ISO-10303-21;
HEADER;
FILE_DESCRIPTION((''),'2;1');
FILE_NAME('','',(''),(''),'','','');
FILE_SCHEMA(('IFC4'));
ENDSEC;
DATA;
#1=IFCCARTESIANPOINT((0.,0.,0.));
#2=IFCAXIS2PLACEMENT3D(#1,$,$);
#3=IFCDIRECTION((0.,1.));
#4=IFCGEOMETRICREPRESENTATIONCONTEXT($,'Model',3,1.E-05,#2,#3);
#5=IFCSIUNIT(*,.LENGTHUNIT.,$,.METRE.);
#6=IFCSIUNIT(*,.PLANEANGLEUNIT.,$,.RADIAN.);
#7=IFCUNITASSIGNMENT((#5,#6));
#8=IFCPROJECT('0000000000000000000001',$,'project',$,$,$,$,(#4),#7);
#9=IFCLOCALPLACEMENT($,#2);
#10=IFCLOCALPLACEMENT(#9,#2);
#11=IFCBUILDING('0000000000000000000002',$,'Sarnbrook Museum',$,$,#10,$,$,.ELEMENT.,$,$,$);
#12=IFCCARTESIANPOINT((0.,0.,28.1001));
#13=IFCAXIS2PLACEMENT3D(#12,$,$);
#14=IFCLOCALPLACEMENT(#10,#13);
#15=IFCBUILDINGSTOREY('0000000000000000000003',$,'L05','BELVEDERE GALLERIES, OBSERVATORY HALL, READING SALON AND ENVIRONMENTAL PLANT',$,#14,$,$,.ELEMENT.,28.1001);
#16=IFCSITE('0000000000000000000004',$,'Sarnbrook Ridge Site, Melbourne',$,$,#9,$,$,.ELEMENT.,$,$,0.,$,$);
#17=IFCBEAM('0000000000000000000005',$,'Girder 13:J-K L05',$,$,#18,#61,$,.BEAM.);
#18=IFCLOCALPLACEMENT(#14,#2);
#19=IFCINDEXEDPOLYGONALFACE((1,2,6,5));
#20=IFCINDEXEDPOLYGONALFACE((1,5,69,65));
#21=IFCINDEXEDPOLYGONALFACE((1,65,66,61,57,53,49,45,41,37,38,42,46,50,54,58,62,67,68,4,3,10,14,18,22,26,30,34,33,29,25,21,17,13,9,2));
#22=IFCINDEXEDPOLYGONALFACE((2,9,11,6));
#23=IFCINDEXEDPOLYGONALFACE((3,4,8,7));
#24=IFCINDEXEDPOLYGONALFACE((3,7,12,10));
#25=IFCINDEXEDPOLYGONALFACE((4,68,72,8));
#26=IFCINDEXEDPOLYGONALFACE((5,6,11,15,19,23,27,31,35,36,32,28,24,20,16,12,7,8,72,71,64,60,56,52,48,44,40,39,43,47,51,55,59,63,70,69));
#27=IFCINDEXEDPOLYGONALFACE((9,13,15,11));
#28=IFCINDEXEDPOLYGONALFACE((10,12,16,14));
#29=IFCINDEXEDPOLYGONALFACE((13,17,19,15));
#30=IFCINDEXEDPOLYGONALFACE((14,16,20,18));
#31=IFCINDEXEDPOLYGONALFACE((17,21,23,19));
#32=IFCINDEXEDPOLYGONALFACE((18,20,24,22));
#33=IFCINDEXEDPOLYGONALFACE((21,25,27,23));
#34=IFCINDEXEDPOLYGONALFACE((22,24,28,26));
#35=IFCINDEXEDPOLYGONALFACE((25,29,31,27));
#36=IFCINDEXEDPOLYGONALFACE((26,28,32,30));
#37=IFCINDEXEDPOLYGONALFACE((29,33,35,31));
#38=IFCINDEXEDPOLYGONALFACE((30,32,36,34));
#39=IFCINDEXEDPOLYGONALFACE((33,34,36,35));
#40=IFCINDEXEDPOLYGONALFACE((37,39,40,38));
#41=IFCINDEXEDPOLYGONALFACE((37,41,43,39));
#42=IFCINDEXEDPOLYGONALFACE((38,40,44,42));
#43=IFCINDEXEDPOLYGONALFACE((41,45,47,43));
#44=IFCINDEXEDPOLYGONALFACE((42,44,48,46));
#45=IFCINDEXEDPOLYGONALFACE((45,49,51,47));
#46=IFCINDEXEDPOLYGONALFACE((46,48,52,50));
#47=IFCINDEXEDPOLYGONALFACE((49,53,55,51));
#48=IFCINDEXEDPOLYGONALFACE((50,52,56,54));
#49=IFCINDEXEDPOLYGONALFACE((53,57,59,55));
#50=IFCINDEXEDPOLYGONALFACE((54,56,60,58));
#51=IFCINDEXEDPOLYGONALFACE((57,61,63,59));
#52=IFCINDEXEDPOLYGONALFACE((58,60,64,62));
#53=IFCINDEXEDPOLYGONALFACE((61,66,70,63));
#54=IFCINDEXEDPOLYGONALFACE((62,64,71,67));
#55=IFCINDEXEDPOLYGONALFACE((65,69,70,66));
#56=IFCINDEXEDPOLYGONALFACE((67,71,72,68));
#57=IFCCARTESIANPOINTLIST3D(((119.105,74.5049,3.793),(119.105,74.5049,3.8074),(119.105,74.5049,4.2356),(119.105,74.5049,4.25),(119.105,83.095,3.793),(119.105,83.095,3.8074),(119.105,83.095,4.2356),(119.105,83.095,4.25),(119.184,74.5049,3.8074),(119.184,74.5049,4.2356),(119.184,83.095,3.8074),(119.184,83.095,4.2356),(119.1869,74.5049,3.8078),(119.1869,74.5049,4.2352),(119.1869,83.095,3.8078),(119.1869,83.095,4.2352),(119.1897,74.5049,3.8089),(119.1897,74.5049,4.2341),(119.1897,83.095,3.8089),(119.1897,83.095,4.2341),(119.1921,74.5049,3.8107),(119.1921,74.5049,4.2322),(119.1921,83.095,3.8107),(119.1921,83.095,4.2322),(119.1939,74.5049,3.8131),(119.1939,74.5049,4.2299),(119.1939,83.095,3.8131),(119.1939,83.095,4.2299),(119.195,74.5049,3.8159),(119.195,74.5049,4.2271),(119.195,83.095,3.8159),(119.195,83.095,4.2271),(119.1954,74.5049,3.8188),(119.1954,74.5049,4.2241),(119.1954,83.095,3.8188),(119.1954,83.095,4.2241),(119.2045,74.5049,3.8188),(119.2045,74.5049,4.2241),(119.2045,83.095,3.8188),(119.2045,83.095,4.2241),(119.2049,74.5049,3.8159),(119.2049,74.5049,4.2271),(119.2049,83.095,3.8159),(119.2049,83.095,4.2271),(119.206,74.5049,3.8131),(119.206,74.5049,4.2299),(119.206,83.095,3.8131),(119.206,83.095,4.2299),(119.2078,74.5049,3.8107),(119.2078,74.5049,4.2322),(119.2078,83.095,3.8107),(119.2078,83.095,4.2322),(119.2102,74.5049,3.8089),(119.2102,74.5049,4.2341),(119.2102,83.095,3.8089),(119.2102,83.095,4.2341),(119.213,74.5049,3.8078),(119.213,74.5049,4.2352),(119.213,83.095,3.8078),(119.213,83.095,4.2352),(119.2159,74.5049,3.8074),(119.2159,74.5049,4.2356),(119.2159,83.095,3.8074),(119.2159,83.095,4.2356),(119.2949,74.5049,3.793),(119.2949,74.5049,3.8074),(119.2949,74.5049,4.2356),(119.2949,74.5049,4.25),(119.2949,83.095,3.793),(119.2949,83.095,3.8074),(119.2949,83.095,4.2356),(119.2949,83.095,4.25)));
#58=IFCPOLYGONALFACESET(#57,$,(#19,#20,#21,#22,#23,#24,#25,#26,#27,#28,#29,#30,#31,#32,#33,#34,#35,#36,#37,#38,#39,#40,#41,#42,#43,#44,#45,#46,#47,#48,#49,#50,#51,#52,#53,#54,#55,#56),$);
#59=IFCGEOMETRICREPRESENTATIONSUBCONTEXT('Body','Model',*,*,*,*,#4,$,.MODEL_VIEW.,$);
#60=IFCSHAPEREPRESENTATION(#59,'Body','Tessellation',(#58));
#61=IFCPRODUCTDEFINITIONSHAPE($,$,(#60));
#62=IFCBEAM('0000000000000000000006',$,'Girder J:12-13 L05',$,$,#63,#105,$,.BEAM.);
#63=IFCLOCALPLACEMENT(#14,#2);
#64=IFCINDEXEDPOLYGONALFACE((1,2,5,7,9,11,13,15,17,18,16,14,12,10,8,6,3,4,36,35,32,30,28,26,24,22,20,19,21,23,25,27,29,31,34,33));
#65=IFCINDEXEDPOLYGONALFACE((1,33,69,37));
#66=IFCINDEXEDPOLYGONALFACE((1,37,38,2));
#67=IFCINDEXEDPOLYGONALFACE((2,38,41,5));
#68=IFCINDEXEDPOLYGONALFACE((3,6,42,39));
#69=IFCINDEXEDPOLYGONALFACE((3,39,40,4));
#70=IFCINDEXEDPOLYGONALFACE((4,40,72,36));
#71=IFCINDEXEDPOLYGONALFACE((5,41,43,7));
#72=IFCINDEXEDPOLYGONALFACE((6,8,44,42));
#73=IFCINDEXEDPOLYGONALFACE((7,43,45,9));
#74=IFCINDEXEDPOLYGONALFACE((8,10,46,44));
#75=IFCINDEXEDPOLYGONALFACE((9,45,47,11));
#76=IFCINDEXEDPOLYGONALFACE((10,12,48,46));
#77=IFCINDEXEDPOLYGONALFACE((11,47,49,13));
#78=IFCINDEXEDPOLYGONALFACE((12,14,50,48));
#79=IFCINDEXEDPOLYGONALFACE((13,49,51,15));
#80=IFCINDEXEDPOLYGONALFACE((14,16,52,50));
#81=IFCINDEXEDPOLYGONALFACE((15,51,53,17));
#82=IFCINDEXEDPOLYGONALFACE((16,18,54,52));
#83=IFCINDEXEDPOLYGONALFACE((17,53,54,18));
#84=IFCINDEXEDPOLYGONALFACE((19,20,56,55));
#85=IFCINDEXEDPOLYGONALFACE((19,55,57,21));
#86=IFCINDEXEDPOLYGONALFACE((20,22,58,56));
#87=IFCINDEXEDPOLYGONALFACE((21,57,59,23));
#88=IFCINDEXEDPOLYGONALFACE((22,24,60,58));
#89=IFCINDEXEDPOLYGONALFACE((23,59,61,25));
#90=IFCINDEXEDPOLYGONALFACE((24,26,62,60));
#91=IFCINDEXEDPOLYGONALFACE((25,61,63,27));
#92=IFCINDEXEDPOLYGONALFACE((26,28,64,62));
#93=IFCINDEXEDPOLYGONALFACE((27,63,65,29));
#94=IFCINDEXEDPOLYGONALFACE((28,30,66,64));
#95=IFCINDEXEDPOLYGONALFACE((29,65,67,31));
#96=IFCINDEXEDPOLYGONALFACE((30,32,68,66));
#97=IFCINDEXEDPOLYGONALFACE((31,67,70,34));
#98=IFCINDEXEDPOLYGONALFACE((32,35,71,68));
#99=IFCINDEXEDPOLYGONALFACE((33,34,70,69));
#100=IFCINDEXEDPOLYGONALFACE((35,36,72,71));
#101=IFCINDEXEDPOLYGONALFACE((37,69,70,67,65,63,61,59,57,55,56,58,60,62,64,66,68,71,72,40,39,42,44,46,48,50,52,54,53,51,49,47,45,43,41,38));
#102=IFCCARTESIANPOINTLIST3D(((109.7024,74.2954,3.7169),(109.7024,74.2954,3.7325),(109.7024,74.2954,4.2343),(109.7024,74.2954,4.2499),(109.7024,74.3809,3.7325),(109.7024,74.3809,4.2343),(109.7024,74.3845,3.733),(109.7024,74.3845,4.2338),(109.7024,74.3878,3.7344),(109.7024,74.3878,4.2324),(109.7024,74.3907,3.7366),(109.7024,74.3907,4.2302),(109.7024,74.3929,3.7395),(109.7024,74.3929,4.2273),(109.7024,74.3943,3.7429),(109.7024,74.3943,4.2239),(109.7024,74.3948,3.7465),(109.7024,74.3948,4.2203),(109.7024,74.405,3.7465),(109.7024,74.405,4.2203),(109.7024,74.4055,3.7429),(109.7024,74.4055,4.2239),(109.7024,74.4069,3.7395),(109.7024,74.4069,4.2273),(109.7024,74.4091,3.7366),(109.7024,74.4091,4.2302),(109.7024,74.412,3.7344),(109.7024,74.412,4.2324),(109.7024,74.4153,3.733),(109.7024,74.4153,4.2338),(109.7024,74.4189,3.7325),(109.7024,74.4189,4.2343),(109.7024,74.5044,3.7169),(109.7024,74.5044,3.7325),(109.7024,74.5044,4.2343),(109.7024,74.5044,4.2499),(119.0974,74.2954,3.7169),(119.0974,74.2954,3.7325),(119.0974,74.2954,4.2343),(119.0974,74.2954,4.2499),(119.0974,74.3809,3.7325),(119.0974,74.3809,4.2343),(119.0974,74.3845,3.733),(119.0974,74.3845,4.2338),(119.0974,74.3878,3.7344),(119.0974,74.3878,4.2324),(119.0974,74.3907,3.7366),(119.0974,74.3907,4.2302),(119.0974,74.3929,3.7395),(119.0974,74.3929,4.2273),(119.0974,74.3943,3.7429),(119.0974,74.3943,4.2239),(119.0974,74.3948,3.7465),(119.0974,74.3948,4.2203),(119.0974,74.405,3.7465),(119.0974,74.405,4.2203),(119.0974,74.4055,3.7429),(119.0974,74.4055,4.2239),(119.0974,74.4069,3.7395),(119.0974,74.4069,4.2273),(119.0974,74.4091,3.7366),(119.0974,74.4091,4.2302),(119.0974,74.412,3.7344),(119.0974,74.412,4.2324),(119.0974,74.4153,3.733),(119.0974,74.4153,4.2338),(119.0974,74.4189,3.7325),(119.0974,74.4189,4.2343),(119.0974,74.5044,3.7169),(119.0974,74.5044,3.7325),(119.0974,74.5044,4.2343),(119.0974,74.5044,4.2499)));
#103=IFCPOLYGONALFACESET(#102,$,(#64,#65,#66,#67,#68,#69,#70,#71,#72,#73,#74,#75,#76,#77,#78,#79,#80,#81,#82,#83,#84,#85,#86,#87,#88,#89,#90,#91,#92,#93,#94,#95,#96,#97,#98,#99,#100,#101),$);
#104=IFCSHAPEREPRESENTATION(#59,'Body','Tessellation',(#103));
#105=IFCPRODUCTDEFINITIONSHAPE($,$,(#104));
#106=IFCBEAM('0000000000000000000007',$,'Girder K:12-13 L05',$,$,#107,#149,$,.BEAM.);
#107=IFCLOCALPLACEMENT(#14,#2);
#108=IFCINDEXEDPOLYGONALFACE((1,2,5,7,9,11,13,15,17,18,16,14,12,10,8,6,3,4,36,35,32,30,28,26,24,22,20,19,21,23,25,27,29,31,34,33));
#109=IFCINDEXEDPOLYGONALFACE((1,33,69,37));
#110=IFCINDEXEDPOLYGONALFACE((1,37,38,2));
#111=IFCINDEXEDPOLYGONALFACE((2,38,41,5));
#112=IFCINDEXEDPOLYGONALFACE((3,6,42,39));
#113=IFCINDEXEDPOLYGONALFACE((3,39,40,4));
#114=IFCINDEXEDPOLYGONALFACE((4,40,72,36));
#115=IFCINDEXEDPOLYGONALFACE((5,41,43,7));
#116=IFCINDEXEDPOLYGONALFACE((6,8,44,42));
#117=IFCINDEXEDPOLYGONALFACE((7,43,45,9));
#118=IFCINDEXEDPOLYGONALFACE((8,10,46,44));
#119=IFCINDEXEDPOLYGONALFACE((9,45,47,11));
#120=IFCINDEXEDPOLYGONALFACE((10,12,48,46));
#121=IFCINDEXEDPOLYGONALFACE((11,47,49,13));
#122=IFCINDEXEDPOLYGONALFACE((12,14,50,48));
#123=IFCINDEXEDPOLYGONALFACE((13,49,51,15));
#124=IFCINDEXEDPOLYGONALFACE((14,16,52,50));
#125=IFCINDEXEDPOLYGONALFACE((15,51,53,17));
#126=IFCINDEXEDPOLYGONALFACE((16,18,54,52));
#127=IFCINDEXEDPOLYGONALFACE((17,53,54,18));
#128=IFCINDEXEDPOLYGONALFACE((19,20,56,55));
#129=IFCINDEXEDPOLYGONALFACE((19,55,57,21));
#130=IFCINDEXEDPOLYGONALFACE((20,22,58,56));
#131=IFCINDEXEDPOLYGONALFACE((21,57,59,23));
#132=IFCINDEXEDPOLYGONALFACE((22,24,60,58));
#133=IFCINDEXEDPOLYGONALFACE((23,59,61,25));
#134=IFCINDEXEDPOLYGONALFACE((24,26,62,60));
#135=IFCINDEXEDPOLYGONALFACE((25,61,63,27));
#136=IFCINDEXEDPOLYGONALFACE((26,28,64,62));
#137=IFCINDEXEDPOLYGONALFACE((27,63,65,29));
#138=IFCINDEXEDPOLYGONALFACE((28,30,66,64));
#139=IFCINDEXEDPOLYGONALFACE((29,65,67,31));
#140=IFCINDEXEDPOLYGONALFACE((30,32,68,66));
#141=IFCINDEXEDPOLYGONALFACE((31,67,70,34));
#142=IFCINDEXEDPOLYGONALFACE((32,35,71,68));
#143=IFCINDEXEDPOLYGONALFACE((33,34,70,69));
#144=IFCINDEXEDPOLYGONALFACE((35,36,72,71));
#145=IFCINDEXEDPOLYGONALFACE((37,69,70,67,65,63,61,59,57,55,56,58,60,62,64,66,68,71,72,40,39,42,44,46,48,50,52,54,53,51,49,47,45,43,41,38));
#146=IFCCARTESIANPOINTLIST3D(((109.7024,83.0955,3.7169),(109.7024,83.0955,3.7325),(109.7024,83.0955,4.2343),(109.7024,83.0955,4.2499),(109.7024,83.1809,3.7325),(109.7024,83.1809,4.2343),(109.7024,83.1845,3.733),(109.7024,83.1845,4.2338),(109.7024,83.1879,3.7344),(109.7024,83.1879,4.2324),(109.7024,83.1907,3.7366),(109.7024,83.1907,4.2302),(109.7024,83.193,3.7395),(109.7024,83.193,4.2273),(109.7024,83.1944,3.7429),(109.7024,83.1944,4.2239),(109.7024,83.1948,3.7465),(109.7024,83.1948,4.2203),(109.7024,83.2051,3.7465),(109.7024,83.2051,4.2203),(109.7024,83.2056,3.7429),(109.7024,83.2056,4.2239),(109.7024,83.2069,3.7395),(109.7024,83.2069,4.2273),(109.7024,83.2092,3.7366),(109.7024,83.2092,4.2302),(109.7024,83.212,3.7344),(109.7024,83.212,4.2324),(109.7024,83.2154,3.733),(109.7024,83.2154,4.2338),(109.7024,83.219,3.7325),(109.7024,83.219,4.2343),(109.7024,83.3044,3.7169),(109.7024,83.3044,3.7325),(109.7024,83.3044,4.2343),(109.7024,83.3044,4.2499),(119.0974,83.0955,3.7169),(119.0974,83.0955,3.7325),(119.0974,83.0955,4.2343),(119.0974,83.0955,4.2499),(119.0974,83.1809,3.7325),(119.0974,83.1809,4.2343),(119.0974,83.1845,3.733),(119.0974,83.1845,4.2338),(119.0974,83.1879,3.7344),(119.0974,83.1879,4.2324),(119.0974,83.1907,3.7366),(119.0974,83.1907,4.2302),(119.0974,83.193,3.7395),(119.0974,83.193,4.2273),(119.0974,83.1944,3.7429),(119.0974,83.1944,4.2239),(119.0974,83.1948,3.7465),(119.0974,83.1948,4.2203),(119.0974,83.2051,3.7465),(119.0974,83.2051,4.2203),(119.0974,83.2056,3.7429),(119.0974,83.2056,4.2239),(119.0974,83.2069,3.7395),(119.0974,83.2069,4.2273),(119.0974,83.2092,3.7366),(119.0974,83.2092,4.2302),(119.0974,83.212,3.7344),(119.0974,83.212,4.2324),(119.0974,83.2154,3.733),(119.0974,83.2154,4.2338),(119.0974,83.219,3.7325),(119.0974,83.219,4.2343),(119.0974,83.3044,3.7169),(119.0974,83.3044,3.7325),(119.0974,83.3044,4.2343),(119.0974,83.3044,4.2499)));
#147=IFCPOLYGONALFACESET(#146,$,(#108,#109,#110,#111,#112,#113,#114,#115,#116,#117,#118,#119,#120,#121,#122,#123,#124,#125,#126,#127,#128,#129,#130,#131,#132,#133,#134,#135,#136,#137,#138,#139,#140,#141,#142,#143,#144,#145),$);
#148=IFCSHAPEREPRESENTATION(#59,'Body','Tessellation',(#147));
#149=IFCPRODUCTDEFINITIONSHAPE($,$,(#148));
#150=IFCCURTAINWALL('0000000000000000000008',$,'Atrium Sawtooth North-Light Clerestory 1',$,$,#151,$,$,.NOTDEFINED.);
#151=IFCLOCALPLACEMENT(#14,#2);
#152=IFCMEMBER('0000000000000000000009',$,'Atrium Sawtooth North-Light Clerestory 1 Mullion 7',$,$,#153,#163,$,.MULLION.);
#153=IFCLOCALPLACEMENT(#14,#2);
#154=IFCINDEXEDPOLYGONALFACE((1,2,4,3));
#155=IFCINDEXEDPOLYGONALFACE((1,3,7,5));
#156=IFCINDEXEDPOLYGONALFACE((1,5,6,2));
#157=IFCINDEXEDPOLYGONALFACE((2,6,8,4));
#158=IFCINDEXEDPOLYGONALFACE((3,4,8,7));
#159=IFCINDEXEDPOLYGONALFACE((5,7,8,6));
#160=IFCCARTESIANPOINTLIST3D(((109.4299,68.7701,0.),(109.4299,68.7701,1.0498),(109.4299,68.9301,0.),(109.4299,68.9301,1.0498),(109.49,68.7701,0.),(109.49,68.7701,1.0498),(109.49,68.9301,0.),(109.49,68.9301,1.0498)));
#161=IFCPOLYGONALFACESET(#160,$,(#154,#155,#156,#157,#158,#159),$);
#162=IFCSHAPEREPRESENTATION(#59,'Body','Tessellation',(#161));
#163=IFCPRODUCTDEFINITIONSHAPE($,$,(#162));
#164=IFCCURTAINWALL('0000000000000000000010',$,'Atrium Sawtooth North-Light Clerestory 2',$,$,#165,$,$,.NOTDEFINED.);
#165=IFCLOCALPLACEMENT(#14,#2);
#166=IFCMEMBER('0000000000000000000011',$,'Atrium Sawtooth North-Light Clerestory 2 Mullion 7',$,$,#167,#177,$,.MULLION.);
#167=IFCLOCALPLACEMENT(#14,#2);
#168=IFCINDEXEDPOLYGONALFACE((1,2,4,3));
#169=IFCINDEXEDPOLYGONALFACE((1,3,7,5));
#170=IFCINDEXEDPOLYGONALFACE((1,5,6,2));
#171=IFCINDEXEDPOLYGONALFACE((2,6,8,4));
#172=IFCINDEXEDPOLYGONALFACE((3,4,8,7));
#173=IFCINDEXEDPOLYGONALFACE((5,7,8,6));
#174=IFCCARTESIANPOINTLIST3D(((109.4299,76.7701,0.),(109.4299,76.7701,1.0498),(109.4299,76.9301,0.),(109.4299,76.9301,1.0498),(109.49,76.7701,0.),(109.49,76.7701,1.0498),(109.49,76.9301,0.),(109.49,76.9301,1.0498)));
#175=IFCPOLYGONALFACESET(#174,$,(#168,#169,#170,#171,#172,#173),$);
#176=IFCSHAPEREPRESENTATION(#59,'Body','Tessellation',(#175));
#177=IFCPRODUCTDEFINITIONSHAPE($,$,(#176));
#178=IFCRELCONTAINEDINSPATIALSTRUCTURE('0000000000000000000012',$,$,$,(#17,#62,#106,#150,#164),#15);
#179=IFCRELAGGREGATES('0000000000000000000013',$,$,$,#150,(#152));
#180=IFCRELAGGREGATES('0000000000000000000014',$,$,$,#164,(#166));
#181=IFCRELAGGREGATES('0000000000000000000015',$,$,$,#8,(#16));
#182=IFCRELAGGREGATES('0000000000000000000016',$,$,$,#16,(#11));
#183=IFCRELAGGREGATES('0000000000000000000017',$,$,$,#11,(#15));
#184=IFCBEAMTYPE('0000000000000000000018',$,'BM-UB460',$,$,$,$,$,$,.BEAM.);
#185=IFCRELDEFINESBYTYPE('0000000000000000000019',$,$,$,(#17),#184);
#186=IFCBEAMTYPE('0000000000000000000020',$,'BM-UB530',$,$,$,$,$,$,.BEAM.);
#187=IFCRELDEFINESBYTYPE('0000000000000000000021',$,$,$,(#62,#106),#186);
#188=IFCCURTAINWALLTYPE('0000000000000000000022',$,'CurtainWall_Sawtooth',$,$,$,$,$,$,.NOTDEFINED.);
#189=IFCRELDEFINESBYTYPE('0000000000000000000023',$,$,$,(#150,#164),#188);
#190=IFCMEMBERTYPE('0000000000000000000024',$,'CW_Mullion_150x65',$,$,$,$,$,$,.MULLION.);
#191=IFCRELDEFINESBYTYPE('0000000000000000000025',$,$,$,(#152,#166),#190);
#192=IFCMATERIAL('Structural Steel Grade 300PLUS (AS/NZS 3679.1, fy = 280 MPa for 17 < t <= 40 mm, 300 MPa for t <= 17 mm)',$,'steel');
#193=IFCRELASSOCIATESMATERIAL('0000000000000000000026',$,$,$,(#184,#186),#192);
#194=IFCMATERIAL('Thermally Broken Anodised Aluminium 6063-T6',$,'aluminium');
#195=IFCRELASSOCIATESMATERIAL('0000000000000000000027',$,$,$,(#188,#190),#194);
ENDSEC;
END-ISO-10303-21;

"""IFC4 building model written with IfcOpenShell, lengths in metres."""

from ifc_helpers import new_model, si_unit, direction, frame, origin, origin_2d, place, context, subcontext, project, spatial, rectangle, i_section, extrude, material, material_profile, profile_set, type_object, element, aggregate, save


model = new_model("IFC4")

# Units and contexts
model_context = context("Model", 3, precision=1e-05, world=origin(), true_north=direction((0.0, 1.0)))
body_context = subcontext(model_context, "Body", "Model", "MODEL_VIEW")
ifc_project = project(units=[si_unit("LENGTHUNIT", "METRE"), si_unit("PLANEANGLEUNIT", "RADIAN")], contexts=[model_context])

# Site, building, storey
site_placement = place(None, origin())
site = spatial("IfcSite", under=ifc_project, at=site_placement, Name="Sarnbrook Ridge Site, Melbourne", CompositionType="ELEMENT", RefElevation=0.0)
building_placement = place(site_placement, origin())
building = spatial("IfcBuilding", under=site, at=building_placement, Name="Sarnbrook Museum", CompositionType="ELEMENT")
storey_placement = place(building_placement, frame((0.0, 0.0, 28.1001)))
storey = spatial("IfcBuildingStorey", under=building, at=storey_placement, Name="L05", Description="BELVEDERE GALLERIES, OBSERVATORY HALL, READING SALON AND ENVIRONMENTAL PLANT", CompositionType="ELEMENT", Elevation=28.1001)

# Shared definitions
ifc_material_1 = material(Name="Structural Steel Grade 300PLUS (AS/NZS 3679.1, fy = 280 MPa for 17 < t <= 40 mm, 300 MPa for t <= 17 mm)", Category="steel")

# Beams
ifc_material_profile_1 = material_profile(ifc_material_1, i_section(OverallWidth=0.1899, OverallDepth=0.457, WebThickness=0.009, FlangeThickness=0.0144, FilletRadius=0.0115, at=origin_2d()), Name="460UB74.6")
ifc_profile_set_1 = profile_set([ifc_material_profile_1], Name="Structural Steel Grade 300PLUS (AS/NZS 3679.1, fy = 280 MPa for 17 < t <= 40 mm, 300 MPa for t <= 17 mm)")
beam_type_1 = type_object("IfcBeamType", Name="BM-UB460", PredefinedType="BEAM", material=ifc_profile_set_1)
for number, where, z_axis, x_axis, name in (
    (1, (119.2, 74.5049, 4.0215), (0.0, 1.0, 0.0), (-1.0, 0.0, 0.0), "Girder 13:J-K L05"),
):
    element("IfcBeam", number, at=place(storey_placement, frame(where, z_axis=z_axis, x_axis=x_axis)), inside=storey, type_object=beam_type_1, Name=name, PredefinedType="BEAM", context=body_context, shape_type="SweptSolid", body=[
        extrude(i_section(OverallWidth=0.1899, OverallDepth=0.457, WebThickness=0.009, FlangeThickness=0.0144, FilletRadius=0.0115, at=origin_2d()), origin(), (0.0, 0.0, 1.0), 8.5901),
    ])
ifc_material_profile_2 = material_profile(ifc_material_1, i_section(OverallWidth=0.209, OverallDepth=0.533, WebThickness=0.0103, FlangeThickness=0.0156, FilletRadius=0.0139, at=origin_2d()), Name="530UB92.4")
ifc_profile_set_2 = profile_set([ifc_material_profile_2], Name="Structural Steel Grade 300PLUS (AS/NZS 3679.1, fy = 280 MPa for 17 < t <= 40 mm, 300 MPa for t <= 17 mm)")
beam_type_2 = type_object("IfcBeamType", Name="BM-UB530", PredefinedType="BEAM", material=ifc_profile_set_2)
for number, where, z_axis, x_axis, name in (
    (2, (109.7024, 74.3999, 3.9834), (1.0, 0.0, 0.0), (0.0, 1.0, 0.0), "Girder J:12-13 L05"),
    (3, (109.7024, 83.2, 3.9834), (1.0, 0.0, 0.0), (0.0, 1.0, 0.0), "Girder K:12-13 L05"),
):
    element("IfcBeam", number, at=place(storey_placement, frame(where, z_axis=z_axis, x_axis=x_axis)), inside=storey, type_object=beam_type_2, Name=name, PredefinedType="BEAM", context=body_context, shape_type="SweptSolid", body=[
        extrude(i_section(OverallWidth=0.209, OverallDepth=0.533, WebThickness=0.0103, FlangeThickness=0.0156, FilletRadius=0.0139, at=origin_2d()), origin(), (0.0, 0.0, 1.0), 9.395),
    ])

# Curtain walls, members
ifc_material_2 = material(Name="Thermally Broken Anodised Aluminium 6063-T6", Category="aluminium")
curtain_wall_type = type_object("IfcCurtainWallType", Name="CurtainWall_Sawtooth", PredefinedType="NOTDEFINED", material=ifc_material_2)
curtain_wall_1_placement = place(storey_placement, origin())
curtain_wall_1 = element("IfcCurtainWall", 4, at=curtain_wall_1_placement, inside=storey, type_object=curtain_wall_type, Name="Atrium Sawtooth North-Light Clerestory 1", PredefinedType="NOTDEFINED")
ifc_material_profile_3 = material_profile(ifc_material_2, rectangle(XDim=0.0601, YDim=0.1599, at=origin_2d()), Name="ALU MULLION 60x160")
ifc_profile_set_3 = profile_set([ifc_material_profile_3], Name="Thermally Broken Anodised Aluminium 6063-T6")
member_type = type_object("IfcMemberType", Name="CW_Mullion_150x65", PredefinedType="MULLION", material=ifc_profile_set_3)
member_1_placement = place(storey_placement, frame((109.46, 68.8501, 0.0), z_axis=(0.0, 0.0, 1.0), x_axis=(1.0, 0.0, 0.0)))
member_1 = element("IfcMember", 5, at=member_1_placement, type_object=member_type, Name="Atrium Sawtooth North-Light Clerestory 1 Mullion 7", PredefinedType="MULLION", context=body_context, shape_type="SweptSolid", body=[
    extrude(rectangle(XDim=0.0601, YDim=0.1599, at=origin_2d()), origin(), (0.0, 0.0, 1.0), 1.0498),
])
curtain_wall_2_placement = place(storey_placement, origin())
curtain_wall_2 = element("IfcCurtainWall", 6, at=curtain_wall_2_placement, inside=storey, type_object=curtain_wall_type, Name="Atrium Sawtooth North-Light Clerestory 2", PredefinedType="NOTDEFINED")
member_2_placement = place(storey_placement, frame((109.46, 76.8501, 0.0), z_axis=(0.0, 0.0, 1.0), x_axis=(1.0, 0.0, 0.0)))
member_2 = element("IfcMember", 7, at=member_2_placement, type_object=member_type, Name="Atrium Sawtooth North-Light Clerestory 2 Mullion 7", PredefinedType="MULLION", context=body_context, shape_type="SweptSolid", body=[
    extrude(rectangle(XDim=0.0601, YDim=0.1599, at=origin_2d()), origin(), (0.0, 0.0, 1.0), 1.0498),
])

aggregate(curtain_wall_1, [member_1])
aggregate(curtain_wall_2, [member_2])

save(model, "model.ifc")
